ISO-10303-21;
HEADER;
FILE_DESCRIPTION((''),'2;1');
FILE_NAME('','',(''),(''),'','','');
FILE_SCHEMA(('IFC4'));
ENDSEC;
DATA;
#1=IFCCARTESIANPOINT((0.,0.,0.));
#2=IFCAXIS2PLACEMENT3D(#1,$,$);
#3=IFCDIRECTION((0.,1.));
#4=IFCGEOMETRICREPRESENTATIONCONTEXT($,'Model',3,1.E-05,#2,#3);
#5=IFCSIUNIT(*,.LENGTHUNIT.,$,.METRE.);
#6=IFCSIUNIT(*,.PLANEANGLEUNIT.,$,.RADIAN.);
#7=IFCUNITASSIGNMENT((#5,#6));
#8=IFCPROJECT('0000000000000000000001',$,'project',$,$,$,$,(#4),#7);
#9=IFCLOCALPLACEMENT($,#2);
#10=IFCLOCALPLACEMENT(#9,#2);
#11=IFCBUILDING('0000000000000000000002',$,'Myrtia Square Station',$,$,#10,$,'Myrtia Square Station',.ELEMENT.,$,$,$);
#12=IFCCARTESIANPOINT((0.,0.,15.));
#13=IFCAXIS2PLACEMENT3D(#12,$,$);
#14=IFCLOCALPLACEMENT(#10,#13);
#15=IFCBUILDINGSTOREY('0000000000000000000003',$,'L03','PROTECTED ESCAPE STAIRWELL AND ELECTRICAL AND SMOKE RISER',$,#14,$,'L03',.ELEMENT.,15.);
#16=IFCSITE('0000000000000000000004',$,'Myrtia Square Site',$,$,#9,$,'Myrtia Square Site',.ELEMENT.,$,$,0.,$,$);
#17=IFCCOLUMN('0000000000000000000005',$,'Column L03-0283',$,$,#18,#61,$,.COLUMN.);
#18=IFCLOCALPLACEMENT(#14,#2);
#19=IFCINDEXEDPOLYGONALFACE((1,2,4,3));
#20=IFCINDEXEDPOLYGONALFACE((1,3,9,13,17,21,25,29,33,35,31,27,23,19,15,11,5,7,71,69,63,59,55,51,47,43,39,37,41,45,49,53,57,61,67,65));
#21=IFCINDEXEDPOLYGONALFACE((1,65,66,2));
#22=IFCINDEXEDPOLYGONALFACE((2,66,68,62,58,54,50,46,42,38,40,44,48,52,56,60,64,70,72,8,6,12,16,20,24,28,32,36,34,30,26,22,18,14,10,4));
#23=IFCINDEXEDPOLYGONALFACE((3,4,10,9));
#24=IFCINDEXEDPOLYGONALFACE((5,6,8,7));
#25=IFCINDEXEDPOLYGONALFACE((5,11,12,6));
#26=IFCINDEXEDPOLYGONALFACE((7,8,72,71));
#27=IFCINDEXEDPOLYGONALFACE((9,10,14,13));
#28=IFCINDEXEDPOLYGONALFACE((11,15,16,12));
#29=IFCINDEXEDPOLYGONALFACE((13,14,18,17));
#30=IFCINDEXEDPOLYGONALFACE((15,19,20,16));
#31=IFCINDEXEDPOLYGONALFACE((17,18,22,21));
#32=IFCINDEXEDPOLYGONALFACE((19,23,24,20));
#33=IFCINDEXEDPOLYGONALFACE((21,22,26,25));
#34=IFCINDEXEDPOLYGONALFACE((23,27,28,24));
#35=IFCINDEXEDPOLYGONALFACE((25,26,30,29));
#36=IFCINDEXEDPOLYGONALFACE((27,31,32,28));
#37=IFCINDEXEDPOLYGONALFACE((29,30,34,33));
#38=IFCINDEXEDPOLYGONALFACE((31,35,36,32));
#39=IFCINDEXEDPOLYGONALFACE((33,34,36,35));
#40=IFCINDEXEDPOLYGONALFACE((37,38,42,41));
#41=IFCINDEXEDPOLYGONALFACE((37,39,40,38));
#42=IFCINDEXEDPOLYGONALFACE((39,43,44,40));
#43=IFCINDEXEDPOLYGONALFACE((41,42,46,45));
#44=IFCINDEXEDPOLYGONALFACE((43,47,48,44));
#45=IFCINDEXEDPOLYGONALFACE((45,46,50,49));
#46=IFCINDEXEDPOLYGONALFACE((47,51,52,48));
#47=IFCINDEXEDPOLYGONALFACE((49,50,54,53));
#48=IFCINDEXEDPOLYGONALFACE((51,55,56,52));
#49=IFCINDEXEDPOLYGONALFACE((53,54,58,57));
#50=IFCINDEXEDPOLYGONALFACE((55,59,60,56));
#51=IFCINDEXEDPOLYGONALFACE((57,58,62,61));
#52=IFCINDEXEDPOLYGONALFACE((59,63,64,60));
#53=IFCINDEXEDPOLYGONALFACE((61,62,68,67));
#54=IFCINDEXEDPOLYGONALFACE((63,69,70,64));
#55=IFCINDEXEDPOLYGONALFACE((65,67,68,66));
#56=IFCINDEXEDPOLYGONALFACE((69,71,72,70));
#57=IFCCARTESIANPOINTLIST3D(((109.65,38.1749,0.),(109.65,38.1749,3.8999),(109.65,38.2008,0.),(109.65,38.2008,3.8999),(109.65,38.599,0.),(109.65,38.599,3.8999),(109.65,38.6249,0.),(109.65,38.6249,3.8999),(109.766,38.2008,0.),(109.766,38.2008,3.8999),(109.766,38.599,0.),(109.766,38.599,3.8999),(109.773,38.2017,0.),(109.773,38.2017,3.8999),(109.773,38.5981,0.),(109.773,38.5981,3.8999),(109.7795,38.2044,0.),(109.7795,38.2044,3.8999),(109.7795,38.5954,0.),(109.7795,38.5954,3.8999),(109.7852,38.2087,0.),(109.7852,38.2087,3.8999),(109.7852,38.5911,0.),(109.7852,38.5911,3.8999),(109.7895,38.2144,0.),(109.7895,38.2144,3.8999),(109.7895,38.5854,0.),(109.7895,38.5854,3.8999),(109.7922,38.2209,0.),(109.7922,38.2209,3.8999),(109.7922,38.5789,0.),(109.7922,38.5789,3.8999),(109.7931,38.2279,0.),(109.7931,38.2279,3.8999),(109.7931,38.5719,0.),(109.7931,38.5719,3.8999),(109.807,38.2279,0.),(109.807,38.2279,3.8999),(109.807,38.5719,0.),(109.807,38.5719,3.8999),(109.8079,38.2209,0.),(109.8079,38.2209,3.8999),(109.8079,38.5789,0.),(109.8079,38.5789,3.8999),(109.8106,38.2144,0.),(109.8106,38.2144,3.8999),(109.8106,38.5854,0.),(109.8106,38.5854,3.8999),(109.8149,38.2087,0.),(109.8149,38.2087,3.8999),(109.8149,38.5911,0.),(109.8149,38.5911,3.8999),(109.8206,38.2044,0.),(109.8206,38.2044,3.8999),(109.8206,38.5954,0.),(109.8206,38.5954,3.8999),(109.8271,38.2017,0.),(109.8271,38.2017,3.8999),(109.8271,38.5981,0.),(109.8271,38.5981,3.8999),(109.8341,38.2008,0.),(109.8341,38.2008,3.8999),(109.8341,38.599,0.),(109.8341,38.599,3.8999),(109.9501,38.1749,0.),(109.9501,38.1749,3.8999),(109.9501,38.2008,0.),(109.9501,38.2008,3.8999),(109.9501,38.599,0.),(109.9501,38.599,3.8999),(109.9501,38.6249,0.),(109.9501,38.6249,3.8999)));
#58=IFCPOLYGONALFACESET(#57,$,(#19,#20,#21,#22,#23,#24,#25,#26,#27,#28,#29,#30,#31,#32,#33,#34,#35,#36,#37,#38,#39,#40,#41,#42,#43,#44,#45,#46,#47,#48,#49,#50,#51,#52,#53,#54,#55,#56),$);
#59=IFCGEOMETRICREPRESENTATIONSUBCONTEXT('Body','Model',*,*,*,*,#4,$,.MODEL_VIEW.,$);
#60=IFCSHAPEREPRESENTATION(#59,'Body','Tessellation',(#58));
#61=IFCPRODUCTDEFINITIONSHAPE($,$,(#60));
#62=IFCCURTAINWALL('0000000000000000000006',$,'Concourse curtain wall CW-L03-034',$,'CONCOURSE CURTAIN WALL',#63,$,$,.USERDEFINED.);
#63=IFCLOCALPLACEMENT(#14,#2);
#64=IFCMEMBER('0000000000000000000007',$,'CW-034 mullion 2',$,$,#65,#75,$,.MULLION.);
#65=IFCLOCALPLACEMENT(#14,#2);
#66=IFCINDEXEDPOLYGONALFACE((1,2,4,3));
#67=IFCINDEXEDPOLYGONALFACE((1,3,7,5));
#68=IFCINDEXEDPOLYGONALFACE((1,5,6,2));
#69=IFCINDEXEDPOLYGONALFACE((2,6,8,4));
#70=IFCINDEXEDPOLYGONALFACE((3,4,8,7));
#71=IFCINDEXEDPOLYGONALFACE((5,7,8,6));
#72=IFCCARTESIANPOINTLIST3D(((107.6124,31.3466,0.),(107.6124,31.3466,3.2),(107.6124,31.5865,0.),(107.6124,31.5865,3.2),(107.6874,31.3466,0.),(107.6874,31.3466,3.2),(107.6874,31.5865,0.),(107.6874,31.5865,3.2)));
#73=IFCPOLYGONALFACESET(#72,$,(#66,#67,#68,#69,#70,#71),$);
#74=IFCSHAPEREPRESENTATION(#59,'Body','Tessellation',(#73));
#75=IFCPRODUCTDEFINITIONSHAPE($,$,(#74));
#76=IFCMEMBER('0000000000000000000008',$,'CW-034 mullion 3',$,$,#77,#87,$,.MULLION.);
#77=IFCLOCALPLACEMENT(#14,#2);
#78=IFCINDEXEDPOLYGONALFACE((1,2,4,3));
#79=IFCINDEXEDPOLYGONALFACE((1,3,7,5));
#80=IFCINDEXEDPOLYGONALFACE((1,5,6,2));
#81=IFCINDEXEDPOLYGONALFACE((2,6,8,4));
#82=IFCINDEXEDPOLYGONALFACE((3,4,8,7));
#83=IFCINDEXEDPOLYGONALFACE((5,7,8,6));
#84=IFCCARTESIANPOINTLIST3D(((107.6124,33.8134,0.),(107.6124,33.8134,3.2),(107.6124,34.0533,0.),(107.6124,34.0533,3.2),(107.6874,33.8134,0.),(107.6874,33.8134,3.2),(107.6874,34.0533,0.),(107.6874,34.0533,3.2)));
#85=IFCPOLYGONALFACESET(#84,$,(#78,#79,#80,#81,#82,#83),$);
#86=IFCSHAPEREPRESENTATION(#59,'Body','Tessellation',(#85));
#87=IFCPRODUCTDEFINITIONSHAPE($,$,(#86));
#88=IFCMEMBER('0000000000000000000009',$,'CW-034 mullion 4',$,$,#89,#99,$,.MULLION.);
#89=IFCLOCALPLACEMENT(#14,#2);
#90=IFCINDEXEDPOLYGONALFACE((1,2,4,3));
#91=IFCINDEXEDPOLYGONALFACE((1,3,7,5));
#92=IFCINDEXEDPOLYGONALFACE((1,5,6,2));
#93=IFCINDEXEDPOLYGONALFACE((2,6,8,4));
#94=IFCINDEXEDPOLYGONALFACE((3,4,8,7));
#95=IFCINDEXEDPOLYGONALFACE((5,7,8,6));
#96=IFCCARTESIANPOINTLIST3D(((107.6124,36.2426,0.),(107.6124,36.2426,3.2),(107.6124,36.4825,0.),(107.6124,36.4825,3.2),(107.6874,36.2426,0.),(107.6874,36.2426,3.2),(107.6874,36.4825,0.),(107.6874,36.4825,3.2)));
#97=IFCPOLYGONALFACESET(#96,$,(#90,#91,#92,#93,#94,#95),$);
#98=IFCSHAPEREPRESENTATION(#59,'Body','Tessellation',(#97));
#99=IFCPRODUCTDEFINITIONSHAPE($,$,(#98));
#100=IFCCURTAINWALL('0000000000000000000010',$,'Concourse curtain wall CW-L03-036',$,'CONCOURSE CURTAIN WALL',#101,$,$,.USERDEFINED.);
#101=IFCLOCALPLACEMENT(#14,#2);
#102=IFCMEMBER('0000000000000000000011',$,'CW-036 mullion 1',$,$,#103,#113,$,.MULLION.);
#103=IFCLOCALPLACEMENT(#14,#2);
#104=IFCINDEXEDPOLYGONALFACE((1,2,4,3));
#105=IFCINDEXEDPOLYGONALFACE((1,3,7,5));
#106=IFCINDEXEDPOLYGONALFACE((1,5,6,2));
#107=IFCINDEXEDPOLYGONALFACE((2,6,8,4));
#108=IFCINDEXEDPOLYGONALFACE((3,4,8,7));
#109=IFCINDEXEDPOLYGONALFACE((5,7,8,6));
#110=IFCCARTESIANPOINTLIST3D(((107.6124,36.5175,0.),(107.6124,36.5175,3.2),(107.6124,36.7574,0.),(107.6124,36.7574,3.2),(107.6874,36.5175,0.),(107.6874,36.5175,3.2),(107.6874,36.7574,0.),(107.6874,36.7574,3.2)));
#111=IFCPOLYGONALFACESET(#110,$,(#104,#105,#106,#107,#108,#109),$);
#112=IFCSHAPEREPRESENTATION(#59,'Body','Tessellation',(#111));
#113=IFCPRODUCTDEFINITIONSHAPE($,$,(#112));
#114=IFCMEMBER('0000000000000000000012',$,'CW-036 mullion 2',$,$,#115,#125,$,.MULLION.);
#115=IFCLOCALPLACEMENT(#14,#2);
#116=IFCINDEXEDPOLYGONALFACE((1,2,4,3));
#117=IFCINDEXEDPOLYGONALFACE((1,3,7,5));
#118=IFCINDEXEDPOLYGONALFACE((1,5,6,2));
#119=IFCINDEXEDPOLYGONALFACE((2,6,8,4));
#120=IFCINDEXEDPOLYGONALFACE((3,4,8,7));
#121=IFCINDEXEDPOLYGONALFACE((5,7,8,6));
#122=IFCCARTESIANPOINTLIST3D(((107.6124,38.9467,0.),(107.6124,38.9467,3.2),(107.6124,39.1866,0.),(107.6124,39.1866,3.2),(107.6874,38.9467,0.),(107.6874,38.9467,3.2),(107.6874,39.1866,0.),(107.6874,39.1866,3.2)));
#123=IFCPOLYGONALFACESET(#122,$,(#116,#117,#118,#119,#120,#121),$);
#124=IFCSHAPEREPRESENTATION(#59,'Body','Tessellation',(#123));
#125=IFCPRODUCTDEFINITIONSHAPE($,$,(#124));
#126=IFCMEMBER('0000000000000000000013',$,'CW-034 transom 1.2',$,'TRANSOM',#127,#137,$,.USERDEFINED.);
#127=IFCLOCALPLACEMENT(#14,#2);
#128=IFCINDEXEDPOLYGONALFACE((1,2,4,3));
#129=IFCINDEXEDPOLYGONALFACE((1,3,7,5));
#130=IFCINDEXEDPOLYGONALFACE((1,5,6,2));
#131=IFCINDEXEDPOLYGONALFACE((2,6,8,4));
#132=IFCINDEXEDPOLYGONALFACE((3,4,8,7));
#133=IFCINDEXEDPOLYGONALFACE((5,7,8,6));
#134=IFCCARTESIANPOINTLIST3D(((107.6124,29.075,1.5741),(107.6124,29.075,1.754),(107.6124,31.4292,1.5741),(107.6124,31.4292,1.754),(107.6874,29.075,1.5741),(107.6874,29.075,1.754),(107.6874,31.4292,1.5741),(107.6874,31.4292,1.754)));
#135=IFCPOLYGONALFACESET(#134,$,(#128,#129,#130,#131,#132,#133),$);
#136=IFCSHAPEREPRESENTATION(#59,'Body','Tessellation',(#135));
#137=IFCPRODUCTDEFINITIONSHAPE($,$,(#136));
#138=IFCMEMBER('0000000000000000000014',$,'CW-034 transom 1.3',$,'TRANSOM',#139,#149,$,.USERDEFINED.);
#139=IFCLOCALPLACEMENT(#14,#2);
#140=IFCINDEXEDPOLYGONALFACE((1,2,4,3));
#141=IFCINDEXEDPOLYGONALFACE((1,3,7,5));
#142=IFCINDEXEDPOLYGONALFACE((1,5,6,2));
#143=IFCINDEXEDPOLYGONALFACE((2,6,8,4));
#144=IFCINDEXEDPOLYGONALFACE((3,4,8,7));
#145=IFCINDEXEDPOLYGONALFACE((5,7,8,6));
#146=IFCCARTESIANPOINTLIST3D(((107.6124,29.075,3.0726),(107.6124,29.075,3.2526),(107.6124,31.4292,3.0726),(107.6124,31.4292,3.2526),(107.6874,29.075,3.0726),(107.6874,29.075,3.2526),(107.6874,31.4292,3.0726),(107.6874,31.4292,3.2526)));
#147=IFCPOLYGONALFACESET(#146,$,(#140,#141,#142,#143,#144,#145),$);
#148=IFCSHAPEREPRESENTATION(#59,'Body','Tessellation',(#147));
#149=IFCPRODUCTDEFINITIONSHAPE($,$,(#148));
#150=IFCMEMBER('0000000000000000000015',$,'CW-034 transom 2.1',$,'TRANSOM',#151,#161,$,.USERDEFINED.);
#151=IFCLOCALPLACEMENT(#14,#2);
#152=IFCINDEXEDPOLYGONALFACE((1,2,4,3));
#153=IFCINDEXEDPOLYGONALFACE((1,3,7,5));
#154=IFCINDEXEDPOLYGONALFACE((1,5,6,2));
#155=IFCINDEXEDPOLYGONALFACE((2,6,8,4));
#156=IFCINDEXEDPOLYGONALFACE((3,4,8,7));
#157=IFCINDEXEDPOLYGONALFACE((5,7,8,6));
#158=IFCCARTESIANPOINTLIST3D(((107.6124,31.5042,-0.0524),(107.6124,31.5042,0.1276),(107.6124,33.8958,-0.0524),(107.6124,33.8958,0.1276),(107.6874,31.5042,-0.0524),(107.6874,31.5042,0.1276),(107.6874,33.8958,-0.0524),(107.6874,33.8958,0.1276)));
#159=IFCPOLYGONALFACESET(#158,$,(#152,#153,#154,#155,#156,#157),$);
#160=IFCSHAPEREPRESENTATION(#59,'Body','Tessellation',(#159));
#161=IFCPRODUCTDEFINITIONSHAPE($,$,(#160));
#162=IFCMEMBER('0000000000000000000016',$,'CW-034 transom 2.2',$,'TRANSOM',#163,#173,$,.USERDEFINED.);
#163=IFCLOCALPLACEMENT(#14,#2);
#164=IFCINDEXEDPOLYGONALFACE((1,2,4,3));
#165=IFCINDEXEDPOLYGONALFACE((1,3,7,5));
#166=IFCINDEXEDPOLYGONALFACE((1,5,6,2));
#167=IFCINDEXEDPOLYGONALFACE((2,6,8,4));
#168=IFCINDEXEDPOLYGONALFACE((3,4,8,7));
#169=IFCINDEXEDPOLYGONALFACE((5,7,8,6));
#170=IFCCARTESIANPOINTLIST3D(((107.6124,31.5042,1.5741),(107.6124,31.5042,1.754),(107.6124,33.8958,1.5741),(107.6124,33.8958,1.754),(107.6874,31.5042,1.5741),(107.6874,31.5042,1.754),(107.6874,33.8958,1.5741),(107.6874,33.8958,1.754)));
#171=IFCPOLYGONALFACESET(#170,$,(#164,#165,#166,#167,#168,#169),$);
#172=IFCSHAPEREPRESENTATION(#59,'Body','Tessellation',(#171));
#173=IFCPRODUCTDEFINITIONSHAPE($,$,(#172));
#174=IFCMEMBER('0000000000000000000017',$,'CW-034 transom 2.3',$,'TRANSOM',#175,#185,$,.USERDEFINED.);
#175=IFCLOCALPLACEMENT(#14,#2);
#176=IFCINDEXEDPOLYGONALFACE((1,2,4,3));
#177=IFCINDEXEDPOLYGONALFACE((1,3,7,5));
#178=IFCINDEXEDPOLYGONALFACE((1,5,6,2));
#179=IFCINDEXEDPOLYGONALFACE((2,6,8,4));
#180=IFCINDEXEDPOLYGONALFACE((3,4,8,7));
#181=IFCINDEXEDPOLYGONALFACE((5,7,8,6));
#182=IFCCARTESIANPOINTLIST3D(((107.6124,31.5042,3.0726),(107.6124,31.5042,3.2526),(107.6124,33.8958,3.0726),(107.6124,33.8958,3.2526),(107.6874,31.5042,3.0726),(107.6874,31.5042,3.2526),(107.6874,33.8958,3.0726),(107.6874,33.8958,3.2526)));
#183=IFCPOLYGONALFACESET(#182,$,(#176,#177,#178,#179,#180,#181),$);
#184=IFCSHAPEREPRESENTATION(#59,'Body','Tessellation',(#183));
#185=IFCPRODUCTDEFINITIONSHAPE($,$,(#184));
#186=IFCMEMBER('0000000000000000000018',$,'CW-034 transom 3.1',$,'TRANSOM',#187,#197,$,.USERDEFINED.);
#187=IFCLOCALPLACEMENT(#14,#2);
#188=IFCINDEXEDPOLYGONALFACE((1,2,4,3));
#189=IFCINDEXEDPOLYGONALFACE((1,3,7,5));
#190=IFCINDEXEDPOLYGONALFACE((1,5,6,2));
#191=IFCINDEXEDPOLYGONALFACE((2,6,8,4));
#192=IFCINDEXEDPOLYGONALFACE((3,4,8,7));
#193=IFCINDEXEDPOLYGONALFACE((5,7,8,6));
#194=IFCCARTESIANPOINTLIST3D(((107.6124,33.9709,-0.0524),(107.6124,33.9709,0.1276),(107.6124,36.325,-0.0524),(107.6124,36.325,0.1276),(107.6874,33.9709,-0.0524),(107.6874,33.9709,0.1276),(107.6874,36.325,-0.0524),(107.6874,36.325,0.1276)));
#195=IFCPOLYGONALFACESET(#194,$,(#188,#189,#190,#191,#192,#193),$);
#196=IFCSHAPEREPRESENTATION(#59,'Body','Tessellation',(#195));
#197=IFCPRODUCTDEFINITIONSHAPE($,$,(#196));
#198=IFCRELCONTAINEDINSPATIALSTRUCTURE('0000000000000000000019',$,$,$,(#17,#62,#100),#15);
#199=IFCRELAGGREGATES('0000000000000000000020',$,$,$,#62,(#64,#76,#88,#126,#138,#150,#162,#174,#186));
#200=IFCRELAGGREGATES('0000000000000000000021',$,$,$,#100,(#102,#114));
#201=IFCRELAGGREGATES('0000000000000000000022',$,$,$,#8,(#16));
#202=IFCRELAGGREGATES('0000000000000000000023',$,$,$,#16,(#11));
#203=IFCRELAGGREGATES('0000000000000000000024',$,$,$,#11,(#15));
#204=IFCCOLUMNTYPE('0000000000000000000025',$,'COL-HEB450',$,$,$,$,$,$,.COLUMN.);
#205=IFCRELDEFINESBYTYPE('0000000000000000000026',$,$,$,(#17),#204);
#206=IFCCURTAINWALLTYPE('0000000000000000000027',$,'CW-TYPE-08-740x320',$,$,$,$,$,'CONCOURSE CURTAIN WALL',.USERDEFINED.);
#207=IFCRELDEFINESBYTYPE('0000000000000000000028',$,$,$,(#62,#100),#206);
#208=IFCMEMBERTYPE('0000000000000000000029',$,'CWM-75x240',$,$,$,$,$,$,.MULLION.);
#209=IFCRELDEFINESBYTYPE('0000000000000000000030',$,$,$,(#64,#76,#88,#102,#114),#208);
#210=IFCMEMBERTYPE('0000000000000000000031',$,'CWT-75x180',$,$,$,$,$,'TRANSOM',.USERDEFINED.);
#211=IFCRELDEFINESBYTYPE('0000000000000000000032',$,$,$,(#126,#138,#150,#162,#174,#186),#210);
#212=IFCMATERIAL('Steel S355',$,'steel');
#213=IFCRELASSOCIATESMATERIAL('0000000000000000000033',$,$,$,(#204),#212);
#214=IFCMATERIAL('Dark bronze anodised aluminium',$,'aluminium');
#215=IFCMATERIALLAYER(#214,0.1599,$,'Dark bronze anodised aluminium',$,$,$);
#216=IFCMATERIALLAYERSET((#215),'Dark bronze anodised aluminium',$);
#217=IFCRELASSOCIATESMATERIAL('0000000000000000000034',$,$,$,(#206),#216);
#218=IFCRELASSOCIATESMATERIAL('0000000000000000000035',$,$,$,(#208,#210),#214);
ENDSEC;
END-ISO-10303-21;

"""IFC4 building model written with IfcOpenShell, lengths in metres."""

from ifc_helpers import new_model, si_unit, direction, frame, origin, origin_2d, place, context, subcontext, project, spatial, rectangle, i_section, extrude, material, layer, layer_set, material_profile, profile_set, type_object, element, aggregate, save


model = new_model("IFC4")

# Units and contexts
model_context = context("Model", 3, precision=1e-05, world=origin(), true_north=direction((0.0, 1.0)))
body_context = subcontext(model_context, "Body", "Model", "MODEL_VIEW")
ifc_project = project(units=[si_unit("LENGTHUNIT", "METRE"), si_unit("PLANEANGLEUNIT", "RADIAN")], contexts=[model_context])

# Site, building, storey
site_placement = place(None, origin())
site = spatial("IfcSite", under=ifc_project, at=site_placement, Name="Myrtia Square Site", LongName="Myrtia Square Site", CompositionType="ELEMENT", RefElevation=0.0)
building_placement = place(site_placement, origin())
building = spatial("IfcBuilding", under=site, at=building_placement, Name="Myrtia Square Station", LongName="Myrtia Square Station", CompositionType="ELEMENT")
storey_placement = place(building_placement, frame((0.0, 0.0, 15.0)))
storey = spatial("IfcBuildingStorey", under=building, at=storey_placement, Name="L03", Description="PROTECTED ESCAPE STAIRWELL AND ELECTRICAL AND SMOKE RISER", LongName="L03", CompositionType="ELEMENT", Elevation=15.0)

# Column
ifc_material_1 = material(Name="Steel S355", Category="steel")
ifc_material_profile_1 = material_profile(ifc_material_1, i_section(OverallWidth=0.3, OverallDepth=0.45, WebThickness=0.0139, FlangeThickness=0.0259, FilletRadius=0.0271, at=origin_2d()), Name="HEB 450")
ifc_profile_set_1 = profile_set([ifc_material_profile_1], Name="Steel S355")
column_type = type_object("IfcColumnType", Name="COL-HEB450", PredefinedType="COLUMN", material=ifc_profile_set_1)
column_placement = place(storey_placement, frame((109.8, 38.3999, 0.0), z_axis=(0.0, 0.0, 1.0), x_axis=(1.0, 0.0, 0.0)))
element("IfcColumn", 1, at=column_placement, inside=storey, type_object=column_type, Name="Column L03-0283", PredefinedType="COLUMN", context=body_context, shape_type="SweptSolid", body=[
    extrude(i_section(OverallWidth=0.3, OverallDepth=0.45, WebThickness=0.0139, FlangeThickness=0.0259, FilletRadius=0.0271, at=origin_2d()), origin(), (0.0, 0.0, 1.0), 3.8999),
])

# Curtain walls, members
ifc_material_2 = material(Name="Dark bronze anodised aluminium", Category="aluminium")
ifc_layer_1 = layer(ifc_material_2, 0.1599, Name="Dark bronze anodised aluminium")
ifc_layer_set_1 = layer_set([ifc_layer_1], Name="Dark bronze anodised aluminium")
curtain_wall_type = type_object("IfcCurtainWallType", Name="CW-TYPE-08-740x320", ElementType="CONCOURSE CURTAIN WALL", PredefinedType="USERDEFINED", material=ifc_layer_set_1)
curtain_wall_1_placement = place(storey_placement, origin())
curtain_wall_1 = element("IfcCurtainWall", 2, at=curtain_wall_1_placement, inside=storey, type_object=curtain_wall_type, Name="Concourse curtain wall CW-L03-034", ObjectType="CONCOURSE CURTAIN WALL", PredefinedType="USERDEFINED")
ifc_material_profile_2 = material_profile(ifc_material_2, rectangle(XDim=0.075, YDim=0.24, at=origin_2d()), Name="ALU-M 75x240")
ifc_profile_set_2 = profile_set([ifc_material_profile_2], Name="Dark bronze anodised aluminium")
member_type_1 = type_object("IfcMemberType", Name="CWM-75x240", PredefinedType="MULLION", material=ifc_profile_set_2)
member_1_placement = place(storey_placement, frame((107.6499, 31.4666, 0.0), z_axis=(0.0, 0.0, 1.0), x_axis=(-1.0, 0.0, 0.0)))
member_1 = element("IfcMember", 3, at=member_1_placement, type_object=member_type_1, Name="CW-034 mullion 2", PredefinedType="MULLION", context=body_context, shape_type="SweptSolid", body=[
    extrude(rectangle(XDim=0.075, YDim=0.24, at=origin_2d()), origin(), (0.0, 0.0, 1.0), 3.2),
])
member_2_placement = place(storey_placement, frame((107.6499, 33.9333, 0.0), z_axis=(0.0, 0.0, 1.0), x_axis=(-1.0, 0.0, 0.0)))
member_2 = element("IfcMember", 4, at=member_2_placement, type_object=member_type_1, Name="CW-034 mullion 3", PredefinedType="MULLION", context=body_context, shape_type="SweptSolid", body=[
    extrude(rectangle(XDim=0.075, YDim=0.24, at=origin_2d()), origin(), (0.0, 0.0, 1.0), 3.2),
])
member_3_placement = place(storey_placement, frame((107.6499, 36.3625, 0.0), z_axis=(0.0, 0.0, 1.0), x_axis=(-1.0, 0.0, 0.0)))
member_3 = element("IfcMember", 5, at=member_3_placement, type_object=member_type_1, Name="CW-034 mullion 4", PredefinedType="MULLION", context=body_context, shape_type="SweptSolid", body=[
    extrude(rectangle(XDim=0.075, YDim=0.24, at=origin_2d()), origin(), (0.0, 0.0, 1.0), 3.2),
])
curtain_wall_2_placement = place(storey_placement, origin())
curtain_wall_2 = element("IfcCurtainWall", 6, at=curtain_wall_2_placement, inside=storey, type_object=curtain_wall_type, Name="Concourse curtain wall CW-L03-036", ObjectType="CONCOURSE CURTAIN WALL", PredefinedType="USERDEFINED")
member_4_placement = place(storey_placement, frame((107.6499, 36.6375, 0.0), z_axis=(0.0, 0.0, 1.0), x_axis=(-1.0, 0.0, 0.0)))
member_4 = element("IfcMember", 7, at=member_4_placement, type_object=member_type_1, Name="CW-036 mullion 1", PredefinedType="MULLION", context=body_context, shape_type="SweptSolid", body=[
    extrude(rectangle(XDim=0.075, YDim=0.24, at=origin_2d()), origin(), (0.0, 0.0, 1.0), 3.2),
])
member_5_placement = place(storey_placement, frame((107.6499, 39.0667, 0.0), z_axis=(0.0, 0.0, 1.0), x_axis=(-1.0, 0.0, 0.0)))
member_5 = element("IfcMember", 8, at=member_5_placement, type_object=member_type_1, Name="CW-036 mullion 2", PredefinedType="MULLION", context=body_context, shape_type="SweptSolid", body=[
    extrude(rectangle(XDim=0.075, YDim=0.24, at=origin_2d()), origin(), (0.0, 0.0, 1.0), 3.2),
])

# Members
ifc_material_profile_3 = material_profile(ifc_material_2, rectangle(XDim=0.075, YDim=0.1799, at=origin_2d()), Name="ALU-T 75x180")
ifc_profile_set_3 = profile_set([ifc_material_profile_3], Name="Dark bronze anodised aluminium")
member_type_2 = type_object("IfcMemberType", Name="CWT-75x180", ElementType="TRANSOM", PredefinedType="USERDEFINED", material=ifc_profile_set_3)
member_6_placement = place(storey_placement, frame((107.6499, 29.075, 1.6641), z_axis=(0.0, 1.0, 0.0), x_axis=(-1.0, 0.0, 0.0)))
member_6 = element("IfcMember", 9, at=member_6_placement, type_object=member_type_2, Name="CW-034 transom 1.2", ObjectType="TRANSOM", PredefinedType="USERDEFINED", context=body_context, shape_type="SweptSolid", body=[
    extrude(rectangle(XDim=0.075, YDim=0.1799, at=origin_2d()), origin(), (0.0, 0.0, 1.0), 2.3542),
])
member_7_placement = place(storey_placement, frame((107.6499, 29.075, 3.1626), z_axis=(0.0, 1.0, 0.0), x_axis=(-1.0, 0.0, 0.0)))
member_7 = element("IfcMember", 10, at=member_7_placement, type_object=member_type_2, Name="CW-034 transom 1.3", ObjectType="TRANSOM", PredefinedType="USERDEFINED", context=body_context, shape_type="SweptSolid", body=[
    extrude(rectangle(XDim=0.075, YDim=0.1799, at=origin_2d()), origin(), (0.0, 0.0, 1.0), 2.3542),
])
member_8_placement = place(storey_placement, frame((107.6499, 31.5042, 0.0376), z_axis=(0.0, 1.0, 0.0), x_axis=(-1.0, 0.0, 0.0)))
member_8 = element("IfcMember", 11, at=member_8_placement, type_object=member_type_2, Name="CW-034 transom 2.1", ObjectType="TRANSOM", PredefinedType="USERDEFINED", context=body_context, shape_type="SweptSolid", body=[
    extrude(rectangle(XDim=0.075, YDim=0.1799, at=origin_2d()), origin(), (0.0, 0.0, 1.0), 2.3916),
])
member_9_placement = place(storey_placement, frame((107.6499, 31.5042, 1.6641), z_axis=(0.0, 1.0, 0.0), x_axis=(-1.0, 0.0, 0.0)))
member_9 = element("IfcMember", 12, at=member_9_placement, type_object=member_type_2, Name="CW-034 transom 2.2", ObjectType="TRANSOM", PredefinedType="USERDEFINED", context=body_context, shape_type="SweptSolid", body=[
    extrude(rectangle(XDim=0.075, YDim=0.1799, at=origin_2d()), origin(), (0.0, 0.0, 1.0), 2.3916),
])
member_10_placement = place(storey_placement, frame((107.6499, 31.5042, 3.1626), z_axis=(0.0, 1.0, 0.0), x_axis=(-1.0, 0.0, 0.0)))
member_10 = element("IfcMember", 13, at=member_10_placement, type_object=member_type_2, Name="CW-034 transom 2.3", ObjectType="TRANSOM", PredefinedType="USERDEFINED", context=body_context, shape_type="SweptSolid", body=[
    extrude(rectangle(XDim=0.075, YDim=0.1799, at=origin_2d()), origin(), (0.0, 0.0, 1.0), 2.3916),
])
member_11_placement = place(storey_placement, frame((107.6499, 33.9709, 0.0376), z_axis=(0.0, 1.0, 0.0), x_axis=(-1.0, 0.0, 0.0)))
member_11 = element("IfcMember", 14, at=member_11_placement, type_object=member_type_2, Name="CW-034 transom 3.1", ObjectType="TRANSOM", PredefinedType="USERDEFINED", context=body_context, shape_type="SweptSolid", body=[
    extrude(rectangle(XDim=0.075, YDim=0.1799, at=origin_2d()), origin(), (0.0, 0.0, 1.0), 2.354),
])

aggregate(curtain_wall_1, [member_1, member_2, member_3, member_6, member_7, member_8, member_9, member_10, member_11])
aggregate(curtain_wall_2, [member_4, member_5])

save(model, "model.ifc")
